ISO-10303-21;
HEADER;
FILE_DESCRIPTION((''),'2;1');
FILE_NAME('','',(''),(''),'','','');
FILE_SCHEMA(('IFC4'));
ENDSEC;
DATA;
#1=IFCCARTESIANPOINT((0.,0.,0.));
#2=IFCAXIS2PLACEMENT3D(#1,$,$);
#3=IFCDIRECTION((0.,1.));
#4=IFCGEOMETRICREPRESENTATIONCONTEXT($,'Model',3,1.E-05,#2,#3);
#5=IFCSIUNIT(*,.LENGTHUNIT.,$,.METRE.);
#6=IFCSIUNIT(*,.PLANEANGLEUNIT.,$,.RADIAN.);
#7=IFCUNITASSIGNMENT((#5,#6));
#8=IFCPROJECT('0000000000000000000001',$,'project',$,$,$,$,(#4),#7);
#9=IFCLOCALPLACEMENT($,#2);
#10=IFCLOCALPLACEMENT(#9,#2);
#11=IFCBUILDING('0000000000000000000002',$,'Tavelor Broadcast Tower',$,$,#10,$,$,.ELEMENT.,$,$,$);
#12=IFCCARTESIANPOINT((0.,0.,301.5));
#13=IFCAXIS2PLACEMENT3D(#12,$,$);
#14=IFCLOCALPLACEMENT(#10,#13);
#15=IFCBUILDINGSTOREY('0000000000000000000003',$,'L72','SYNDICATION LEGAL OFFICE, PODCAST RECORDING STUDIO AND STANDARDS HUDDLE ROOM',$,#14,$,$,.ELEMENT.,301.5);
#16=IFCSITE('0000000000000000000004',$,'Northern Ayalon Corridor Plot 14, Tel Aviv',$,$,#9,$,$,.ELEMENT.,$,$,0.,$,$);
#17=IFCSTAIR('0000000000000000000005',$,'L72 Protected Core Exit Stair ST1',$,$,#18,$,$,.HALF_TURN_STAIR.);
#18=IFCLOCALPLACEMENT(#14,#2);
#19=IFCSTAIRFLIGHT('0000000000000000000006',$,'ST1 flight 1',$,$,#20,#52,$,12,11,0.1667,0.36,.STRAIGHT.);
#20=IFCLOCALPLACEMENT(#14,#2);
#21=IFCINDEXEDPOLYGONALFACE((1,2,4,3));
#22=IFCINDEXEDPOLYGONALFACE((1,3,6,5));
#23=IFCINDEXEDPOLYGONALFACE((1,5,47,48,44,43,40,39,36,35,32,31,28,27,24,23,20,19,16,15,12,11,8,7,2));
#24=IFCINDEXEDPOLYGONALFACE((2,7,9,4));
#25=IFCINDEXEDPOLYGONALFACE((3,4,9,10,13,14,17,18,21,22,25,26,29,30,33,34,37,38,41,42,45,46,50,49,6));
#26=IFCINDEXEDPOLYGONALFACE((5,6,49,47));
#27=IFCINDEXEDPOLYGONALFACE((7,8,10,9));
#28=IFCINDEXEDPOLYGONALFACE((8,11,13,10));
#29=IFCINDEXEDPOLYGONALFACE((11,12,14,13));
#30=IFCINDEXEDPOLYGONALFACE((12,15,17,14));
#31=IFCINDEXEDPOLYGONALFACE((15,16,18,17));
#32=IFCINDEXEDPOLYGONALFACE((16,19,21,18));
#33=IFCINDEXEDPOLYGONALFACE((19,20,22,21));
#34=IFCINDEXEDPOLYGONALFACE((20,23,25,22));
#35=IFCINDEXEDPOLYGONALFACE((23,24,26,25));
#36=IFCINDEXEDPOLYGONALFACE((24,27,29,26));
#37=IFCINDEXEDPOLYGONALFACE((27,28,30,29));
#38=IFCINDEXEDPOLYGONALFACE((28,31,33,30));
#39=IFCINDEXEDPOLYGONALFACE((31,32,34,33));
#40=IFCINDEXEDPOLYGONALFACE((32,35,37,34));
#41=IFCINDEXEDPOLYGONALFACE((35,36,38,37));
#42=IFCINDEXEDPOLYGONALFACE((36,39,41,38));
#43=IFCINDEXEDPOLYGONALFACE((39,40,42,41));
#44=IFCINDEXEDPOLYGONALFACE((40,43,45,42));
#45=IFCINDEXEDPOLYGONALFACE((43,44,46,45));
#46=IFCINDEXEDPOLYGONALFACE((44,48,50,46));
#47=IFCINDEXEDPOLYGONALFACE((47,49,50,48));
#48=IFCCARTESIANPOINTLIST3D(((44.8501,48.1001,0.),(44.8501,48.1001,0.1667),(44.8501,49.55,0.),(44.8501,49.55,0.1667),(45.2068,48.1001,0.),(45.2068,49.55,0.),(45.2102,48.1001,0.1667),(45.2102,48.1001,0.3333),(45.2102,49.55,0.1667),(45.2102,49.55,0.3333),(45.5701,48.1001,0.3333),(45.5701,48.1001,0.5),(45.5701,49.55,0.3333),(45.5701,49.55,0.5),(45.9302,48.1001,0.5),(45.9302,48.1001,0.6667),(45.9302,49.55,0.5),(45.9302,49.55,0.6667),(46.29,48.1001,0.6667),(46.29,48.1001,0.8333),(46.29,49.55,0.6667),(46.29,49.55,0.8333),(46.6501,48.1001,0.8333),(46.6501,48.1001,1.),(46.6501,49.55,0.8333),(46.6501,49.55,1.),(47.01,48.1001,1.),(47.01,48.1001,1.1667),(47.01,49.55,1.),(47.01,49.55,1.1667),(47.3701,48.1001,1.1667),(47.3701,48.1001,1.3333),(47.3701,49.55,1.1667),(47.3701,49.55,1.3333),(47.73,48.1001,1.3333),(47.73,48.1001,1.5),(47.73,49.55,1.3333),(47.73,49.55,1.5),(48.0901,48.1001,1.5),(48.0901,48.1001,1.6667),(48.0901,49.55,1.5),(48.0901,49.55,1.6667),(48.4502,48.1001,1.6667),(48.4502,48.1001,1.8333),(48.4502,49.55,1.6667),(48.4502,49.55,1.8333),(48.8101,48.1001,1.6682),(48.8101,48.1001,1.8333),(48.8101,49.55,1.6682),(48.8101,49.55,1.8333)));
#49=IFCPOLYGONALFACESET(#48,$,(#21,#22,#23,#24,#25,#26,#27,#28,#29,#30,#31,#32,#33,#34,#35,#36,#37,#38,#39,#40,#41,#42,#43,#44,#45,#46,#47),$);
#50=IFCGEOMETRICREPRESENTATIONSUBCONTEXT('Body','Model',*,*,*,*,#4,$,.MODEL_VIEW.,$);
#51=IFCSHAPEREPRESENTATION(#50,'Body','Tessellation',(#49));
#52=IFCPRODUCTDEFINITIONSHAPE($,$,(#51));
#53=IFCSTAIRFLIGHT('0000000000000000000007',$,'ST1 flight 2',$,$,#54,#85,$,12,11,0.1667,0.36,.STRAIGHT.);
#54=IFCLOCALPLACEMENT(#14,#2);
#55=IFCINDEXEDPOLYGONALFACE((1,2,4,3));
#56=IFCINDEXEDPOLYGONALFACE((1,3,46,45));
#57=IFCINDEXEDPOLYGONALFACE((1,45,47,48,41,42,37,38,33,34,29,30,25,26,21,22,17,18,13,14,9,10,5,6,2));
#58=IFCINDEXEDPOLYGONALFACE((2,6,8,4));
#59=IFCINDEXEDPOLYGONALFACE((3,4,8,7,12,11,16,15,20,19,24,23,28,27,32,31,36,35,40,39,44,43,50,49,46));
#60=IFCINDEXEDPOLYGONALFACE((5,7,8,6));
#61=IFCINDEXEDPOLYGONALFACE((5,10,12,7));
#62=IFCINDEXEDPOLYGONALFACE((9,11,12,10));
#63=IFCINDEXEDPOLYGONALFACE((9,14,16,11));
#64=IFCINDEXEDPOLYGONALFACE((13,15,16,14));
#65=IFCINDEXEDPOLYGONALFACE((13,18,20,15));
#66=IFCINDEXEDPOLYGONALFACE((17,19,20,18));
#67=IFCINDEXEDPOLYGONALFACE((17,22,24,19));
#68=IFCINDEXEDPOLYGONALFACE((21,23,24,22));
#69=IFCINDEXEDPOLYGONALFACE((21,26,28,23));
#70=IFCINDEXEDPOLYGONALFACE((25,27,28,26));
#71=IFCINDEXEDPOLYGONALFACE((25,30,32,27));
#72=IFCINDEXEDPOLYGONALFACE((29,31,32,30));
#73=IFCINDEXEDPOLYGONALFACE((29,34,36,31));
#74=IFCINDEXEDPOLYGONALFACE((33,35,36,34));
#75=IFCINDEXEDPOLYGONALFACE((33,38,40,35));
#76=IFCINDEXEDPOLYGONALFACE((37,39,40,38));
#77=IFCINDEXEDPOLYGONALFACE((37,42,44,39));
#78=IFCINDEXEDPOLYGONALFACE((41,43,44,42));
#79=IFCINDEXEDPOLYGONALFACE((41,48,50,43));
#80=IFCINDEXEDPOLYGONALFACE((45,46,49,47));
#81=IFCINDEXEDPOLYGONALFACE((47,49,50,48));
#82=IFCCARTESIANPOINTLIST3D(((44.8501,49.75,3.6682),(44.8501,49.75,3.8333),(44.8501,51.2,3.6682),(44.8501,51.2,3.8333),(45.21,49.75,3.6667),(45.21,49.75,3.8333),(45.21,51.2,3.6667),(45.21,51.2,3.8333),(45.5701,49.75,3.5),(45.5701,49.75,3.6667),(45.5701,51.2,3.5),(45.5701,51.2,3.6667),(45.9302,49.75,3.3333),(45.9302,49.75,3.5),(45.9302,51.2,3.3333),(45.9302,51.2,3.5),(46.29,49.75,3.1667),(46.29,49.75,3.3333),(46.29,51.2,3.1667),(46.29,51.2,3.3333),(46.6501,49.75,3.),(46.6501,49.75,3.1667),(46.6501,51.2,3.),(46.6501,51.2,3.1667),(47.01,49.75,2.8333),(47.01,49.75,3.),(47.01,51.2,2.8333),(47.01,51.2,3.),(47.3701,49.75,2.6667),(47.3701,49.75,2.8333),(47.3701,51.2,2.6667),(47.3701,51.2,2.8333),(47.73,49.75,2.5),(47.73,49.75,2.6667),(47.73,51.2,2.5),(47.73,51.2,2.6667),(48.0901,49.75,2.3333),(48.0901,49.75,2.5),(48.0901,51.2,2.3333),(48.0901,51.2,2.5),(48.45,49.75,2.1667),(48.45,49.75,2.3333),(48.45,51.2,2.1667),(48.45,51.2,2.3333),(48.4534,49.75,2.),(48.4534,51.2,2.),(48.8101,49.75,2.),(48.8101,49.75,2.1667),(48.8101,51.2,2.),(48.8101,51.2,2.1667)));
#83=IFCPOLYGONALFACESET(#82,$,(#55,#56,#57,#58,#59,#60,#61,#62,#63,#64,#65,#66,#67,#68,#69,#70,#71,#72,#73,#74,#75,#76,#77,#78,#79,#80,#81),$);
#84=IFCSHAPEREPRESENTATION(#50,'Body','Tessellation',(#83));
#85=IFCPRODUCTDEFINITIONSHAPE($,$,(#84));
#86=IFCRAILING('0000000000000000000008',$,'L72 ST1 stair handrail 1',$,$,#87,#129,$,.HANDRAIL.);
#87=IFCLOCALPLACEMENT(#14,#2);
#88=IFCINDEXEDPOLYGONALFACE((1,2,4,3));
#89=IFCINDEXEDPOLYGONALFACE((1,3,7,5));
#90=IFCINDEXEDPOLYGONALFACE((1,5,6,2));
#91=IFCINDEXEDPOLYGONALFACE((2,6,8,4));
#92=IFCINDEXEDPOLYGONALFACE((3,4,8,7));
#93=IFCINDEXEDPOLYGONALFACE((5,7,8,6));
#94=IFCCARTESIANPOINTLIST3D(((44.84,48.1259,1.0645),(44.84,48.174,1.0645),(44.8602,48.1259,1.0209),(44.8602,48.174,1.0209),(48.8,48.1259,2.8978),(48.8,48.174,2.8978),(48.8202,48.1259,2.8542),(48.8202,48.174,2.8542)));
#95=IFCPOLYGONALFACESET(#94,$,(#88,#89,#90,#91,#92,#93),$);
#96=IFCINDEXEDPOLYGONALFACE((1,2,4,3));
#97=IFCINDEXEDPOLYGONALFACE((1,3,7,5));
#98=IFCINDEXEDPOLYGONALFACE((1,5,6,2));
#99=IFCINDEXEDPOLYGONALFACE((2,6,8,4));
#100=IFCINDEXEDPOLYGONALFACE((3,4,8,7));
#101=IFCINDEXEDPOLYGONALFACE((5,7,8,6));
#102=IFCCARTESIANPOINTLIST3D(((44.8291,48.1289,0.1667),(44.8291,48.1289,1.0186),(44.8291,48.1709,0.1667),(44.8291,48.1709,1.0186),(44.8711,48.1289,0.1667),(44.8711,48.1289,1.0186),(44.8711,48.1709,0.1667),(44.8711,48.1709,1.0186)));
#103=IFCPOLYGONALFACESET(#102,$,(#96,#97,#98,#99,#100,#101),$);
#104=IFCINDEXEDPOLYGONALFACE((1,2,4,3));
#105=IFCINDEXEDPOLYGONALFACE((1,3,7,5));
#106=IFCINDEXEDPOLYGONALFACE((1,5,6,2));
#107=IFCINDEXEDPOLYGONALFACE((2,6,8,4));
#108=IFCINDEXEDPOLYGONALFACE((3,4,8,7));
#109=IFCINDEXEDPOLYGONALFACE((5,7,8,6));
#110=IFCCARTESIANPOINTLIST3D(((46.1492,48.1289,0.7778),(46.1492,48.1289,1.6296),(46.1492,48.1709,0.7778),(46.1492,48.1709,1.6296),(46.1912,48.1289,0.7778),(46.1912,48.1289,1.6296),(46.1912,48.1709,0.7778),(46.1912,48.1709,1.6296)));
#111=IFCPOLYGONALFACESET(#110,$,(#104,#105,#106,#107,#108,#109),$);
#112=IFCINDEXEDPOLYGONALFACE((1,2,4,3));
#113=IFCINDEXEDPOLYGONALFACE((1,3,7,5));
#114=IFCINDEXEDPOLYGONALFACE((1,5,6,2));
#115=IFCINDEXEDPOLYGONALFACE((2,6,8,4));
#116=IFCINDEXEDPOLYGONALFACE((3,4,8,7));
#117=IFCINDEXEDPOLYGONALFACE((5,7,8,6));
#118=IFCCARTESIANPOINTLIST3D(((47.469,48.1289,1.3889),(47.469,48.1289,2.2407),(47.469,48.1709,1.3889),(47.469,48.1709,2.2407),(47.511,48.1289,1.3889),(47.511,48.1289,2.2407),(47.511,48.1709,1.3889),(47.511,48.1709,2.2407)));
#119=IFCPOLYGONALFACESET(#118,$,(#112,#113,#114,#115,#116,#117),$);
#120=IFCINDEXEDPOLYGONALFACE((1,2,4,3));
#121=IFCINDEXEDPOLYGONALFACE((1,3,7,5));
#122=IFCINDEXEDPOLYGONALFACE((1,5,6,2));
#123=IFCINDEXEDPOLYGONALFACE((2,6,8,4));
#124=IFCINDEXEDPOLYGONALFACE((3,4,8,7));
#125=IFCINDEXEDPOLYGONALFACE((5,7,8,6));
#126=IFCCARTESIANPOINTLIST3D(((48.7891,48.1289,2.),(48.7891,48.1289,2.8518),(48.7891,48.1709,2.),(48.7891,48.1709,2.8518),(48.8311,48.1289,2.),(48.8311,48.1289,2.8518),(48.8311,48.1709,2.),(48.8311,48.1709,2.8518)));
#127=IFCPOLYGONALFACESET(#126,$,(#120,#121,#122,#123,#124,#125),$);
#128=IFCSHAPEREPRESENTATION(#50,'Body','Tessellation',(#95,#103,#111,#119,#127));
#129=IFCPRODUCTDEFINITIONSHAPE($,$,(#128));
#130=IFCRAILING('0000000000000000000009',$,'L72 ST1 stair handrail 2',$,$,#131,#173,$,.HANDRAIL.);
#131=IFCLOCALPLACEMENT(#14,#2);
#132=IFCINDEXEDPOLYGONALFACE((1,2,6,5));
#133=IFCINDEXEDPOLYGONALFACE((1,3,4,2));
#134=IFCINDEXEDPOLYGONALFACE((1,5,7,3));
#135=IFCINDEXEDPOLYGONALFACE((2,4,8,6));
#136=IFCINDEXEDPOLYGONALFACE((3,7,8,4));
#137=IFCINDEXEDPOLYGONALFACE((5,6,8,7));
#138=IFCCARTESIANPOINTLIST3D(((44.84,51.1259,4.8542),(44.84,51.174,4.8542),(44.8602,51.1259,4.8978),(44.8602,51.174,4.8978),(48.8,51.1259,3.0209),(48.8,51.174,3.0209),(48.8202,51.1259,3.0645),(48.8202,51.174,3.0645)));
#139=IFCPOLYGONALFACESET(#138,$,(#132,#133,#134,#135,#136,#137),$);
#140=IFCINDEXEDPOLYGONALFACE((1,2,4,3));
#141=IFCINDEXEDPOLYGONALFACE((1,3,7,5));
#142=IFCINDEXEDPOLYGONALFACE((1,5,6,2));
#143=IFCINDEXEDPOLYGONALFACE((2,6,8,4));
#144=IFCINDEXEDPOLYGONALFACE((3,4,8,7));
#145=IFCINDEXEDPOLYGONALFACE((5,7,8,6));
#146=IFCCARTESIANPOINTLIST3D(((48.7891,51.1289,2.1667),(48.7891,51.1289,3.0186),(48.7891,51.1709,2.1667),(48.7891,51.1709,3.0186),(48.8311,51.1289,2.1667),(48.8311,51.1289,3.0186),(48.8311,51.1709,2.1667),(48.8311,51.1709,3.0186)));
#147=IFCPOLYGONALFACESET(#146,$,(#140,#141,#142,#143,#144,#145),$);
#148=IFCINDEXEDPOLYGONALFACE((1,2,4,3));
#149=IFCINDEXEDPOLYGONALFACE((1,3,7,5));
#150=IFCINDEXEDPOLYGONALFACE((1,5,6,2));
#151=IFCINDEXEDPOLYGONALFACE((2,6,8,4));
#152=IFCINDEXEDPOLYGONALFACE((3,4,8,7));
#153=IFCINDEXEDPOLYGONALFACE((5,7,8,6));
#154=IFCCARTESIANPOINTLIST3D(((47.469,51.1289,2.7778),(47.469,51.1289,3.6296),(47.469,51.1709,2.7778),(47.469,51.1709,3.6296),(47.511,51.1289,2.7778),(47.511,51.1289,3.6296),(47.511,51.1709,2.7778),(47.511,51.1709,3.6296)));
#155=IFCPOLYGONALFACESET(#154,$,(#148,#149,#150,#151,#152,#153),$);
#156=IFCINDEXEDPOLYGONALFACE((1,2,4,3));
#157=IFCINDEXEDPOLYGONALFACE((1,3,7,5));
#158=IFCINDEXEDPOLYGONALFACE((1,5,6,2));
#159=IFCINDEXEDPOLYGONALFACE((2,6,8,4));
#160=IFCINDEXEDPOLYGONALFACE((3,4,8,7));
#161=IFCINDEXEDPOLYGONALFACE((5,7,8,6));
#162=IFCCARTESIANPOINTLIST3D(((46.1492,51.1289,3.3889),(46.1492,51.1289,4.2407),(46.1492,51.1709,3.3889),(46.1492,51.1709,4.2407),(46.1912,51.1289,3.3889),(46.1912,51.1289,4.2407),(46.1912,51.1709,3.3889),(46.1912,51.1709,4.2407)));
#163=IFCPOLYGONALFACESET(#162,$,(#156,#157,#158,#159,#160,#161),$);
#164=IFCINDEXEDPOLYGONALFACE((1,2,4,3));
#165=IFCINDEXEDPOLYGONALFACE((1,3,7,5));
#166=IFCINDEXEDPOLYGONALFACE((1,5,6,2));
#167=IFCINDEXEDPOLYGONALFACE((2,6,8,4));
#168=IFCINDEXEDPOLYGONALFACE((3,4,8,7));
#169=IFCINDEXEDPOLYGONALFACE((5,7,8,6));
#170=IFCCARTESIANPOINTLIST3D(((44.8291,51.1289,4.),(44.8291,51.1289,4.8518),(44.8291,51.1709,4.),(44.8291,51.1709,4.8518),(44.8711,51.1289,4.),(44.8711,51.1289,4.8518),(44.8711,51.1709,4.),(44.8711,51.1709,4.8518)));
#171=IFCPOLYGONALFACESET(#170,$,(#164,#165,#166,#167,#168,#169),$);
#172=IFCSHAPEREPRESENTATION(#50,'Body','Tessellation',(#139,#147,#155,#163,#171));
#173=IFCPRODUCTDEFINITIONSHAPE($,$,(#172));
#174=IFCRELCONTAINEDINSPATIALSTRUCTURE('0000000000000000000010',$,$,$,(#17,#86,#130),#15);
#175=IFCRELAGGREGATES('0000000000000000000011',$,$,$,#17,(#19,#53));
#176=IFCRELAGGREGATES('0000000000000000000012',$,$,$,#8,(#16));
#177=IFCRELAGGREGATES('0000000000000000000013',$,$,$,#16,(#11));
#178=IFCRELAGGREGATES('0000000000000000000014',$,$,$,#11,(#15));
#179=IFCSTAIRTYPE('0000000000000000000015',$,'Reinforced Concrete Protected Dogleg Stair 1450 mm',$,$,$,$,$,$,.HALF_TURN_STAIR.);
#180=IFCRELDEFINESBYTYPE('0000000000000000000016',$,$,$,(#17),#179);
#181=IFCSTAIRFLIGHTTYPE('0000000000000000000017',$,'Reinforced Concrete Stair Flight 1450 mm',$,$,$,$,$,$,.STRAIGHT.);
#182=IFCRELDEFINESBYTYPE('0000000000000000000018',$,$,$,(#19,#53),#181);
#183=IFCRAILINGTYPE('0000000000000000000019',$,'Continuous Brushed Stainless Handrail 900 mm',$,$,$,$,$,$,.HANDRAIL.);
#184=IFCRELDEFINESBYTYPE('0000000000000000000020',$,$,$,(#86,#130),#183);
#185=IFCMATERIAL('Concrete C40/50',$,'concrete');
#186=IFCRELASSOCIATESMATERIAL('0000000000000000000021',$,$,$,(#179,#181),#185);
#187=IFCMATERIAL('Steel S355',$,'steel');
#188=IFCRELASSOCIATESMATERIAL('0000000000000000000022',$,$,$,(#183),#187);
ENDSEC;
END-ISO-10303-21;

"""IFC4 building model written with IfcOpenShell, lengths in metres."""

from ifc_helpers import new_model, si_unit, direction, frame, origin, origin_2d, place, context, subcontext, project, spatial, polyline, rectangle, outline, extrude, material, type_object, element, aggregate, save


model = new_model("IFC4")

# Units and contexts
model_context = context("Model", 3, precision=1e-05, world=origin(), true_north=direction((0.0, 1.0)))
body_context = subcontext(model_context, "Body", "Model", "MODEL_VIEW")
ifc_project = project(units=[si_unit("LENGTHUNIT", "METRE"), si_unit("PLANEANGLEUNIT", "RADIAN")], contexts=[model_context])

# Site, building, storey
site_placement = place(None, origin())
site = spatial("IfcSite", under=ifc_project, at=site_placement, Name="Northern Ayalon Corridor Plot 14, Tel Aviv", CompositionType="ELEMENT", RefElevation=0.0)
building_placement = place(site_placement, origin())
building = spatial("IfcBuilding", under=site, at=building_placement, Name="Tavelor Broadcast Tower", CompositionType="ELEMENT")
storey_placement = place(building_placement, frame((0.0, 0.0, 301.5)))
storey = spatial("IfcBuildingStorey", under=building, at=storey_placement, Name="L72", Description="SYNDICATION LEGAL OFFICE, PODCAST RECORDING STUDIO AND STANDARDS HUDDLE ROOM", CompositionType="ELEMENT", Elevation=301.5)

# Shared definitions
ifc_material_1 = material(Name="Steel S355", Category="steel")

# Shared definitions
ifc_material_2 = material(Name="Concrete C40/50", Category="concrete")

# Stair, stair flights
stair_type = type_object("IfcStairType", Name="Reinforced Concrete Protected Dogleg Stair 1450 mm", PredefinedType="HALF_TURN_STAIR", material=ifc_material_2)
stair_placement = place(storey_placement, origin())
stair = element("IfcStair", 1, at=stair_placement, inside=storey, type_object=stair_type, Name="L72 Protected Core Exit Stair ST1", PredefinedType="HALF_TURN_STAIR")
stair_flight_type = type_object("IfcStairFlightType", Name="Reinforced Concrete Stair Flight 1450 mm", PredefinedType="STRAIGHT", material=ifc_material_2)
stair_flight_1_placement = place(storey_placement, frame((44.8501, 48.825, 0.0), z_axis=(0.0, 0.0, 1.0), x_axis=(1.0, 0.0, 0.0)))
stair_flight_1 = element("IfcStairFlight", 2, at=stair_flight_1_placement, type_object=stair_flight_type, Name="ST1 flight 1", NumberOfRisers=12, NumberOfTreads=11, PredefinedType="STRAIGHT", RiserHeight=0.1667, TreadLength=0.36, context=body_context, shape_type="SweptSolid", body=[
    extrude(outline(polyline([(0.0, 0.0), (0.0, 0.1667), (0.3601, 0.1667), (0.3601, 0.3333), (0.72, 0.3333), (0.72, 0.5), (1.0801, 0.5), (1.0801, 0.6667), (1.4399, 0.6667), (1.4399, 0.8333), (1.8, 0.8333), (1.8, 1.0), (2.1599, 1.0), (2.1599, 1.1667), (2.52, 1.1667), (2.52, 1.3333), (2.8799, 1.3333), (2.8799, 1.5), (3.24, 1.5), (3.24, 1.6667), (3.6001, 1.6667), (3.6001, 1.8333), (3.96, 1.8333), (3.96, 2.0), (3.96, 1.6682), (0.3567, 0.0), (0.0, 0.0)])), frame((0.0, 0.7251, 0.0), z_axis=(0.0, -1.0, 0.0), x_axis=(1.0, 0.0, 0.0)), (0.0, 0.0, 1.0), 1.45),
])
stair_flight_2_placement = place(storey_placement, frame((48.8101, 50.4751, 2.0), z_axis=(0.0, 0.0, 1.0), x_axis=(-1.0, 0.0, 0.0)))
stair_flight_2 = element("IfcStairFlight", 3, at=stair_flight_2_placement, type_object=stair_flight_type, Name="ST1 flight 2", NumberOfRisers=12, NumberOfTreads=11, PredefinedType="STRAIGHT", RiserHeight=0.1667, TreadLength=0.36, context=body_context, shape_type="SweptSolid", body=[
    extrude(outline(polyline([(0.0, 0.0), (0.0, 0.1667), (0.3601, 0.1667), (0.3601, 0.3333), (0.72, 0.3333), (0.72, 0.5), (1.0801, 0.5), (1.0801, 0.6667), (1.4399, 0.6667), (1.4399, 0.8333), (1.8, 0.8333), (1.8, 1.0), (2.1599, 1.0), (2.1599, 1.1667), (2.52, 1.1667), (2.52, 1.3333), (2.8799, 1.3333), (2.8799, 1.5), (3.24, 1.5), (3.24, 1.6667), (3.6001, 1.6667), (3.6001, 1.8333), (3.96, 1.8333), (3.96, 2.0), (3.96, 1.6682), (0.3567, 0.0), (0.0, 0.0)])), frame((0.0, 0.7251, 0.0), z_axis=(0.0, -1.0, 0.0), x_axis=(1.0, 0.0, 0.0)), (0.0, 0.0, 1.0), 1.45),
])
aggregate(stair, [stair_flight_1, stair_flight_2])

# Railings
railing_type_1 = type_object("IfcRailingType", Name="Continuous Brushed Stainless Handrail 900 mm", PredefinedType="HANDRAIL", material=ifc_material_1)
railing_1_placement = place(storey_placement, frame((44.8501, 48.1499, 0.1667)))
element("IfcRailing", 4, at=railing_1_placement, inside=storey, type_object=railing_type_1, Name="L72 ST1 stair handrail 1", PredefinedType="HANDRAIL", context=body_context, shape_type="SweptSolid", body=[
    extrude(rectangle(XDim=0.0481, YDim=0.0481, at=origin_2d()), frame((0.0, 0.0, 0.876), z_axis=(0.907472, 0.0, 0.420112), x_axis=(0.0, 1.0, 0.0)), (0.0, 0.0, 1.0), 4.3638),
    extrude(rectangle(XDim=0.042, YDim=0.042, at=origin_2d()), origin(), (0.0, 0.0, 1.0), 0.8518),
    extrude(rectangle(XDim=0.042, YDim=0.042, at=origin_2d()), frame((1.3201, 0.0, 0.6111)), (0.0, 0.0, 1.0), 0.8518),
    extrude(rectangle(XDim=0.042, YDim=0.042, at=origin_2d()), frame((2.6399, 0.0, 1.2222)), (0.0, 0.0, 1.0), 0.8518),
    extrude(rectangle(XDim=0.042, YDim=0.042, at=origin_2d()), frame((3.96, 0.0, 1.8333)), (0.0, 0.0, 1.0), 0.8518),
])
railing_2_placement = place(storey_placement, frame((48.8101, 51.1499, 2.1667)))
element("IfcRailing", 5, at=railing_2_placement, inside=storey, type_object=railing_type_1, Name="L72 ST1 stair handrail 2", PredefinedType="HANDRAIL", context=body_context, shape_type="SweptSolid", body=[
    extrude(rectangle(XDim=0.0481, YDim=0.0481, at=origin_2d()), frame((0.0, 0.0, 0.876), z_axis=(-0.907472, 0.0, 0.420112), x_axis=(0.0, -1.0, 0.0)), (0.0, 0.0, 1.0), 4.3638),
    extrude(rectangle(XDim=0.042, YDim=0.042, at=origin_2d()), origin(), (0.0, 0.0, 1.0), 0.8518),
    extrude(rectangle(XDim=0.042, YDim=0.042, at=origin_2d()), frame((-1.3201, 0.0, 0.6111)), (0.0, 0.0, 1.0), 0.8518),
    extrude(rectangle(XDim=0.042, YDim=0.042, at=origin_2d()), frame((-2.6399, 0.0, 1.2222)), (0.0, 0.0, 1.0), 0.8518),
    extrude(rectangle(XDim=0.042, YDim=0.042, at=origin_2d()), frame((-3.96, 0.0, 1.8333)), (0.0, 0.0, 1.0), 0.8518),
])

save(model, "model.ifc")
